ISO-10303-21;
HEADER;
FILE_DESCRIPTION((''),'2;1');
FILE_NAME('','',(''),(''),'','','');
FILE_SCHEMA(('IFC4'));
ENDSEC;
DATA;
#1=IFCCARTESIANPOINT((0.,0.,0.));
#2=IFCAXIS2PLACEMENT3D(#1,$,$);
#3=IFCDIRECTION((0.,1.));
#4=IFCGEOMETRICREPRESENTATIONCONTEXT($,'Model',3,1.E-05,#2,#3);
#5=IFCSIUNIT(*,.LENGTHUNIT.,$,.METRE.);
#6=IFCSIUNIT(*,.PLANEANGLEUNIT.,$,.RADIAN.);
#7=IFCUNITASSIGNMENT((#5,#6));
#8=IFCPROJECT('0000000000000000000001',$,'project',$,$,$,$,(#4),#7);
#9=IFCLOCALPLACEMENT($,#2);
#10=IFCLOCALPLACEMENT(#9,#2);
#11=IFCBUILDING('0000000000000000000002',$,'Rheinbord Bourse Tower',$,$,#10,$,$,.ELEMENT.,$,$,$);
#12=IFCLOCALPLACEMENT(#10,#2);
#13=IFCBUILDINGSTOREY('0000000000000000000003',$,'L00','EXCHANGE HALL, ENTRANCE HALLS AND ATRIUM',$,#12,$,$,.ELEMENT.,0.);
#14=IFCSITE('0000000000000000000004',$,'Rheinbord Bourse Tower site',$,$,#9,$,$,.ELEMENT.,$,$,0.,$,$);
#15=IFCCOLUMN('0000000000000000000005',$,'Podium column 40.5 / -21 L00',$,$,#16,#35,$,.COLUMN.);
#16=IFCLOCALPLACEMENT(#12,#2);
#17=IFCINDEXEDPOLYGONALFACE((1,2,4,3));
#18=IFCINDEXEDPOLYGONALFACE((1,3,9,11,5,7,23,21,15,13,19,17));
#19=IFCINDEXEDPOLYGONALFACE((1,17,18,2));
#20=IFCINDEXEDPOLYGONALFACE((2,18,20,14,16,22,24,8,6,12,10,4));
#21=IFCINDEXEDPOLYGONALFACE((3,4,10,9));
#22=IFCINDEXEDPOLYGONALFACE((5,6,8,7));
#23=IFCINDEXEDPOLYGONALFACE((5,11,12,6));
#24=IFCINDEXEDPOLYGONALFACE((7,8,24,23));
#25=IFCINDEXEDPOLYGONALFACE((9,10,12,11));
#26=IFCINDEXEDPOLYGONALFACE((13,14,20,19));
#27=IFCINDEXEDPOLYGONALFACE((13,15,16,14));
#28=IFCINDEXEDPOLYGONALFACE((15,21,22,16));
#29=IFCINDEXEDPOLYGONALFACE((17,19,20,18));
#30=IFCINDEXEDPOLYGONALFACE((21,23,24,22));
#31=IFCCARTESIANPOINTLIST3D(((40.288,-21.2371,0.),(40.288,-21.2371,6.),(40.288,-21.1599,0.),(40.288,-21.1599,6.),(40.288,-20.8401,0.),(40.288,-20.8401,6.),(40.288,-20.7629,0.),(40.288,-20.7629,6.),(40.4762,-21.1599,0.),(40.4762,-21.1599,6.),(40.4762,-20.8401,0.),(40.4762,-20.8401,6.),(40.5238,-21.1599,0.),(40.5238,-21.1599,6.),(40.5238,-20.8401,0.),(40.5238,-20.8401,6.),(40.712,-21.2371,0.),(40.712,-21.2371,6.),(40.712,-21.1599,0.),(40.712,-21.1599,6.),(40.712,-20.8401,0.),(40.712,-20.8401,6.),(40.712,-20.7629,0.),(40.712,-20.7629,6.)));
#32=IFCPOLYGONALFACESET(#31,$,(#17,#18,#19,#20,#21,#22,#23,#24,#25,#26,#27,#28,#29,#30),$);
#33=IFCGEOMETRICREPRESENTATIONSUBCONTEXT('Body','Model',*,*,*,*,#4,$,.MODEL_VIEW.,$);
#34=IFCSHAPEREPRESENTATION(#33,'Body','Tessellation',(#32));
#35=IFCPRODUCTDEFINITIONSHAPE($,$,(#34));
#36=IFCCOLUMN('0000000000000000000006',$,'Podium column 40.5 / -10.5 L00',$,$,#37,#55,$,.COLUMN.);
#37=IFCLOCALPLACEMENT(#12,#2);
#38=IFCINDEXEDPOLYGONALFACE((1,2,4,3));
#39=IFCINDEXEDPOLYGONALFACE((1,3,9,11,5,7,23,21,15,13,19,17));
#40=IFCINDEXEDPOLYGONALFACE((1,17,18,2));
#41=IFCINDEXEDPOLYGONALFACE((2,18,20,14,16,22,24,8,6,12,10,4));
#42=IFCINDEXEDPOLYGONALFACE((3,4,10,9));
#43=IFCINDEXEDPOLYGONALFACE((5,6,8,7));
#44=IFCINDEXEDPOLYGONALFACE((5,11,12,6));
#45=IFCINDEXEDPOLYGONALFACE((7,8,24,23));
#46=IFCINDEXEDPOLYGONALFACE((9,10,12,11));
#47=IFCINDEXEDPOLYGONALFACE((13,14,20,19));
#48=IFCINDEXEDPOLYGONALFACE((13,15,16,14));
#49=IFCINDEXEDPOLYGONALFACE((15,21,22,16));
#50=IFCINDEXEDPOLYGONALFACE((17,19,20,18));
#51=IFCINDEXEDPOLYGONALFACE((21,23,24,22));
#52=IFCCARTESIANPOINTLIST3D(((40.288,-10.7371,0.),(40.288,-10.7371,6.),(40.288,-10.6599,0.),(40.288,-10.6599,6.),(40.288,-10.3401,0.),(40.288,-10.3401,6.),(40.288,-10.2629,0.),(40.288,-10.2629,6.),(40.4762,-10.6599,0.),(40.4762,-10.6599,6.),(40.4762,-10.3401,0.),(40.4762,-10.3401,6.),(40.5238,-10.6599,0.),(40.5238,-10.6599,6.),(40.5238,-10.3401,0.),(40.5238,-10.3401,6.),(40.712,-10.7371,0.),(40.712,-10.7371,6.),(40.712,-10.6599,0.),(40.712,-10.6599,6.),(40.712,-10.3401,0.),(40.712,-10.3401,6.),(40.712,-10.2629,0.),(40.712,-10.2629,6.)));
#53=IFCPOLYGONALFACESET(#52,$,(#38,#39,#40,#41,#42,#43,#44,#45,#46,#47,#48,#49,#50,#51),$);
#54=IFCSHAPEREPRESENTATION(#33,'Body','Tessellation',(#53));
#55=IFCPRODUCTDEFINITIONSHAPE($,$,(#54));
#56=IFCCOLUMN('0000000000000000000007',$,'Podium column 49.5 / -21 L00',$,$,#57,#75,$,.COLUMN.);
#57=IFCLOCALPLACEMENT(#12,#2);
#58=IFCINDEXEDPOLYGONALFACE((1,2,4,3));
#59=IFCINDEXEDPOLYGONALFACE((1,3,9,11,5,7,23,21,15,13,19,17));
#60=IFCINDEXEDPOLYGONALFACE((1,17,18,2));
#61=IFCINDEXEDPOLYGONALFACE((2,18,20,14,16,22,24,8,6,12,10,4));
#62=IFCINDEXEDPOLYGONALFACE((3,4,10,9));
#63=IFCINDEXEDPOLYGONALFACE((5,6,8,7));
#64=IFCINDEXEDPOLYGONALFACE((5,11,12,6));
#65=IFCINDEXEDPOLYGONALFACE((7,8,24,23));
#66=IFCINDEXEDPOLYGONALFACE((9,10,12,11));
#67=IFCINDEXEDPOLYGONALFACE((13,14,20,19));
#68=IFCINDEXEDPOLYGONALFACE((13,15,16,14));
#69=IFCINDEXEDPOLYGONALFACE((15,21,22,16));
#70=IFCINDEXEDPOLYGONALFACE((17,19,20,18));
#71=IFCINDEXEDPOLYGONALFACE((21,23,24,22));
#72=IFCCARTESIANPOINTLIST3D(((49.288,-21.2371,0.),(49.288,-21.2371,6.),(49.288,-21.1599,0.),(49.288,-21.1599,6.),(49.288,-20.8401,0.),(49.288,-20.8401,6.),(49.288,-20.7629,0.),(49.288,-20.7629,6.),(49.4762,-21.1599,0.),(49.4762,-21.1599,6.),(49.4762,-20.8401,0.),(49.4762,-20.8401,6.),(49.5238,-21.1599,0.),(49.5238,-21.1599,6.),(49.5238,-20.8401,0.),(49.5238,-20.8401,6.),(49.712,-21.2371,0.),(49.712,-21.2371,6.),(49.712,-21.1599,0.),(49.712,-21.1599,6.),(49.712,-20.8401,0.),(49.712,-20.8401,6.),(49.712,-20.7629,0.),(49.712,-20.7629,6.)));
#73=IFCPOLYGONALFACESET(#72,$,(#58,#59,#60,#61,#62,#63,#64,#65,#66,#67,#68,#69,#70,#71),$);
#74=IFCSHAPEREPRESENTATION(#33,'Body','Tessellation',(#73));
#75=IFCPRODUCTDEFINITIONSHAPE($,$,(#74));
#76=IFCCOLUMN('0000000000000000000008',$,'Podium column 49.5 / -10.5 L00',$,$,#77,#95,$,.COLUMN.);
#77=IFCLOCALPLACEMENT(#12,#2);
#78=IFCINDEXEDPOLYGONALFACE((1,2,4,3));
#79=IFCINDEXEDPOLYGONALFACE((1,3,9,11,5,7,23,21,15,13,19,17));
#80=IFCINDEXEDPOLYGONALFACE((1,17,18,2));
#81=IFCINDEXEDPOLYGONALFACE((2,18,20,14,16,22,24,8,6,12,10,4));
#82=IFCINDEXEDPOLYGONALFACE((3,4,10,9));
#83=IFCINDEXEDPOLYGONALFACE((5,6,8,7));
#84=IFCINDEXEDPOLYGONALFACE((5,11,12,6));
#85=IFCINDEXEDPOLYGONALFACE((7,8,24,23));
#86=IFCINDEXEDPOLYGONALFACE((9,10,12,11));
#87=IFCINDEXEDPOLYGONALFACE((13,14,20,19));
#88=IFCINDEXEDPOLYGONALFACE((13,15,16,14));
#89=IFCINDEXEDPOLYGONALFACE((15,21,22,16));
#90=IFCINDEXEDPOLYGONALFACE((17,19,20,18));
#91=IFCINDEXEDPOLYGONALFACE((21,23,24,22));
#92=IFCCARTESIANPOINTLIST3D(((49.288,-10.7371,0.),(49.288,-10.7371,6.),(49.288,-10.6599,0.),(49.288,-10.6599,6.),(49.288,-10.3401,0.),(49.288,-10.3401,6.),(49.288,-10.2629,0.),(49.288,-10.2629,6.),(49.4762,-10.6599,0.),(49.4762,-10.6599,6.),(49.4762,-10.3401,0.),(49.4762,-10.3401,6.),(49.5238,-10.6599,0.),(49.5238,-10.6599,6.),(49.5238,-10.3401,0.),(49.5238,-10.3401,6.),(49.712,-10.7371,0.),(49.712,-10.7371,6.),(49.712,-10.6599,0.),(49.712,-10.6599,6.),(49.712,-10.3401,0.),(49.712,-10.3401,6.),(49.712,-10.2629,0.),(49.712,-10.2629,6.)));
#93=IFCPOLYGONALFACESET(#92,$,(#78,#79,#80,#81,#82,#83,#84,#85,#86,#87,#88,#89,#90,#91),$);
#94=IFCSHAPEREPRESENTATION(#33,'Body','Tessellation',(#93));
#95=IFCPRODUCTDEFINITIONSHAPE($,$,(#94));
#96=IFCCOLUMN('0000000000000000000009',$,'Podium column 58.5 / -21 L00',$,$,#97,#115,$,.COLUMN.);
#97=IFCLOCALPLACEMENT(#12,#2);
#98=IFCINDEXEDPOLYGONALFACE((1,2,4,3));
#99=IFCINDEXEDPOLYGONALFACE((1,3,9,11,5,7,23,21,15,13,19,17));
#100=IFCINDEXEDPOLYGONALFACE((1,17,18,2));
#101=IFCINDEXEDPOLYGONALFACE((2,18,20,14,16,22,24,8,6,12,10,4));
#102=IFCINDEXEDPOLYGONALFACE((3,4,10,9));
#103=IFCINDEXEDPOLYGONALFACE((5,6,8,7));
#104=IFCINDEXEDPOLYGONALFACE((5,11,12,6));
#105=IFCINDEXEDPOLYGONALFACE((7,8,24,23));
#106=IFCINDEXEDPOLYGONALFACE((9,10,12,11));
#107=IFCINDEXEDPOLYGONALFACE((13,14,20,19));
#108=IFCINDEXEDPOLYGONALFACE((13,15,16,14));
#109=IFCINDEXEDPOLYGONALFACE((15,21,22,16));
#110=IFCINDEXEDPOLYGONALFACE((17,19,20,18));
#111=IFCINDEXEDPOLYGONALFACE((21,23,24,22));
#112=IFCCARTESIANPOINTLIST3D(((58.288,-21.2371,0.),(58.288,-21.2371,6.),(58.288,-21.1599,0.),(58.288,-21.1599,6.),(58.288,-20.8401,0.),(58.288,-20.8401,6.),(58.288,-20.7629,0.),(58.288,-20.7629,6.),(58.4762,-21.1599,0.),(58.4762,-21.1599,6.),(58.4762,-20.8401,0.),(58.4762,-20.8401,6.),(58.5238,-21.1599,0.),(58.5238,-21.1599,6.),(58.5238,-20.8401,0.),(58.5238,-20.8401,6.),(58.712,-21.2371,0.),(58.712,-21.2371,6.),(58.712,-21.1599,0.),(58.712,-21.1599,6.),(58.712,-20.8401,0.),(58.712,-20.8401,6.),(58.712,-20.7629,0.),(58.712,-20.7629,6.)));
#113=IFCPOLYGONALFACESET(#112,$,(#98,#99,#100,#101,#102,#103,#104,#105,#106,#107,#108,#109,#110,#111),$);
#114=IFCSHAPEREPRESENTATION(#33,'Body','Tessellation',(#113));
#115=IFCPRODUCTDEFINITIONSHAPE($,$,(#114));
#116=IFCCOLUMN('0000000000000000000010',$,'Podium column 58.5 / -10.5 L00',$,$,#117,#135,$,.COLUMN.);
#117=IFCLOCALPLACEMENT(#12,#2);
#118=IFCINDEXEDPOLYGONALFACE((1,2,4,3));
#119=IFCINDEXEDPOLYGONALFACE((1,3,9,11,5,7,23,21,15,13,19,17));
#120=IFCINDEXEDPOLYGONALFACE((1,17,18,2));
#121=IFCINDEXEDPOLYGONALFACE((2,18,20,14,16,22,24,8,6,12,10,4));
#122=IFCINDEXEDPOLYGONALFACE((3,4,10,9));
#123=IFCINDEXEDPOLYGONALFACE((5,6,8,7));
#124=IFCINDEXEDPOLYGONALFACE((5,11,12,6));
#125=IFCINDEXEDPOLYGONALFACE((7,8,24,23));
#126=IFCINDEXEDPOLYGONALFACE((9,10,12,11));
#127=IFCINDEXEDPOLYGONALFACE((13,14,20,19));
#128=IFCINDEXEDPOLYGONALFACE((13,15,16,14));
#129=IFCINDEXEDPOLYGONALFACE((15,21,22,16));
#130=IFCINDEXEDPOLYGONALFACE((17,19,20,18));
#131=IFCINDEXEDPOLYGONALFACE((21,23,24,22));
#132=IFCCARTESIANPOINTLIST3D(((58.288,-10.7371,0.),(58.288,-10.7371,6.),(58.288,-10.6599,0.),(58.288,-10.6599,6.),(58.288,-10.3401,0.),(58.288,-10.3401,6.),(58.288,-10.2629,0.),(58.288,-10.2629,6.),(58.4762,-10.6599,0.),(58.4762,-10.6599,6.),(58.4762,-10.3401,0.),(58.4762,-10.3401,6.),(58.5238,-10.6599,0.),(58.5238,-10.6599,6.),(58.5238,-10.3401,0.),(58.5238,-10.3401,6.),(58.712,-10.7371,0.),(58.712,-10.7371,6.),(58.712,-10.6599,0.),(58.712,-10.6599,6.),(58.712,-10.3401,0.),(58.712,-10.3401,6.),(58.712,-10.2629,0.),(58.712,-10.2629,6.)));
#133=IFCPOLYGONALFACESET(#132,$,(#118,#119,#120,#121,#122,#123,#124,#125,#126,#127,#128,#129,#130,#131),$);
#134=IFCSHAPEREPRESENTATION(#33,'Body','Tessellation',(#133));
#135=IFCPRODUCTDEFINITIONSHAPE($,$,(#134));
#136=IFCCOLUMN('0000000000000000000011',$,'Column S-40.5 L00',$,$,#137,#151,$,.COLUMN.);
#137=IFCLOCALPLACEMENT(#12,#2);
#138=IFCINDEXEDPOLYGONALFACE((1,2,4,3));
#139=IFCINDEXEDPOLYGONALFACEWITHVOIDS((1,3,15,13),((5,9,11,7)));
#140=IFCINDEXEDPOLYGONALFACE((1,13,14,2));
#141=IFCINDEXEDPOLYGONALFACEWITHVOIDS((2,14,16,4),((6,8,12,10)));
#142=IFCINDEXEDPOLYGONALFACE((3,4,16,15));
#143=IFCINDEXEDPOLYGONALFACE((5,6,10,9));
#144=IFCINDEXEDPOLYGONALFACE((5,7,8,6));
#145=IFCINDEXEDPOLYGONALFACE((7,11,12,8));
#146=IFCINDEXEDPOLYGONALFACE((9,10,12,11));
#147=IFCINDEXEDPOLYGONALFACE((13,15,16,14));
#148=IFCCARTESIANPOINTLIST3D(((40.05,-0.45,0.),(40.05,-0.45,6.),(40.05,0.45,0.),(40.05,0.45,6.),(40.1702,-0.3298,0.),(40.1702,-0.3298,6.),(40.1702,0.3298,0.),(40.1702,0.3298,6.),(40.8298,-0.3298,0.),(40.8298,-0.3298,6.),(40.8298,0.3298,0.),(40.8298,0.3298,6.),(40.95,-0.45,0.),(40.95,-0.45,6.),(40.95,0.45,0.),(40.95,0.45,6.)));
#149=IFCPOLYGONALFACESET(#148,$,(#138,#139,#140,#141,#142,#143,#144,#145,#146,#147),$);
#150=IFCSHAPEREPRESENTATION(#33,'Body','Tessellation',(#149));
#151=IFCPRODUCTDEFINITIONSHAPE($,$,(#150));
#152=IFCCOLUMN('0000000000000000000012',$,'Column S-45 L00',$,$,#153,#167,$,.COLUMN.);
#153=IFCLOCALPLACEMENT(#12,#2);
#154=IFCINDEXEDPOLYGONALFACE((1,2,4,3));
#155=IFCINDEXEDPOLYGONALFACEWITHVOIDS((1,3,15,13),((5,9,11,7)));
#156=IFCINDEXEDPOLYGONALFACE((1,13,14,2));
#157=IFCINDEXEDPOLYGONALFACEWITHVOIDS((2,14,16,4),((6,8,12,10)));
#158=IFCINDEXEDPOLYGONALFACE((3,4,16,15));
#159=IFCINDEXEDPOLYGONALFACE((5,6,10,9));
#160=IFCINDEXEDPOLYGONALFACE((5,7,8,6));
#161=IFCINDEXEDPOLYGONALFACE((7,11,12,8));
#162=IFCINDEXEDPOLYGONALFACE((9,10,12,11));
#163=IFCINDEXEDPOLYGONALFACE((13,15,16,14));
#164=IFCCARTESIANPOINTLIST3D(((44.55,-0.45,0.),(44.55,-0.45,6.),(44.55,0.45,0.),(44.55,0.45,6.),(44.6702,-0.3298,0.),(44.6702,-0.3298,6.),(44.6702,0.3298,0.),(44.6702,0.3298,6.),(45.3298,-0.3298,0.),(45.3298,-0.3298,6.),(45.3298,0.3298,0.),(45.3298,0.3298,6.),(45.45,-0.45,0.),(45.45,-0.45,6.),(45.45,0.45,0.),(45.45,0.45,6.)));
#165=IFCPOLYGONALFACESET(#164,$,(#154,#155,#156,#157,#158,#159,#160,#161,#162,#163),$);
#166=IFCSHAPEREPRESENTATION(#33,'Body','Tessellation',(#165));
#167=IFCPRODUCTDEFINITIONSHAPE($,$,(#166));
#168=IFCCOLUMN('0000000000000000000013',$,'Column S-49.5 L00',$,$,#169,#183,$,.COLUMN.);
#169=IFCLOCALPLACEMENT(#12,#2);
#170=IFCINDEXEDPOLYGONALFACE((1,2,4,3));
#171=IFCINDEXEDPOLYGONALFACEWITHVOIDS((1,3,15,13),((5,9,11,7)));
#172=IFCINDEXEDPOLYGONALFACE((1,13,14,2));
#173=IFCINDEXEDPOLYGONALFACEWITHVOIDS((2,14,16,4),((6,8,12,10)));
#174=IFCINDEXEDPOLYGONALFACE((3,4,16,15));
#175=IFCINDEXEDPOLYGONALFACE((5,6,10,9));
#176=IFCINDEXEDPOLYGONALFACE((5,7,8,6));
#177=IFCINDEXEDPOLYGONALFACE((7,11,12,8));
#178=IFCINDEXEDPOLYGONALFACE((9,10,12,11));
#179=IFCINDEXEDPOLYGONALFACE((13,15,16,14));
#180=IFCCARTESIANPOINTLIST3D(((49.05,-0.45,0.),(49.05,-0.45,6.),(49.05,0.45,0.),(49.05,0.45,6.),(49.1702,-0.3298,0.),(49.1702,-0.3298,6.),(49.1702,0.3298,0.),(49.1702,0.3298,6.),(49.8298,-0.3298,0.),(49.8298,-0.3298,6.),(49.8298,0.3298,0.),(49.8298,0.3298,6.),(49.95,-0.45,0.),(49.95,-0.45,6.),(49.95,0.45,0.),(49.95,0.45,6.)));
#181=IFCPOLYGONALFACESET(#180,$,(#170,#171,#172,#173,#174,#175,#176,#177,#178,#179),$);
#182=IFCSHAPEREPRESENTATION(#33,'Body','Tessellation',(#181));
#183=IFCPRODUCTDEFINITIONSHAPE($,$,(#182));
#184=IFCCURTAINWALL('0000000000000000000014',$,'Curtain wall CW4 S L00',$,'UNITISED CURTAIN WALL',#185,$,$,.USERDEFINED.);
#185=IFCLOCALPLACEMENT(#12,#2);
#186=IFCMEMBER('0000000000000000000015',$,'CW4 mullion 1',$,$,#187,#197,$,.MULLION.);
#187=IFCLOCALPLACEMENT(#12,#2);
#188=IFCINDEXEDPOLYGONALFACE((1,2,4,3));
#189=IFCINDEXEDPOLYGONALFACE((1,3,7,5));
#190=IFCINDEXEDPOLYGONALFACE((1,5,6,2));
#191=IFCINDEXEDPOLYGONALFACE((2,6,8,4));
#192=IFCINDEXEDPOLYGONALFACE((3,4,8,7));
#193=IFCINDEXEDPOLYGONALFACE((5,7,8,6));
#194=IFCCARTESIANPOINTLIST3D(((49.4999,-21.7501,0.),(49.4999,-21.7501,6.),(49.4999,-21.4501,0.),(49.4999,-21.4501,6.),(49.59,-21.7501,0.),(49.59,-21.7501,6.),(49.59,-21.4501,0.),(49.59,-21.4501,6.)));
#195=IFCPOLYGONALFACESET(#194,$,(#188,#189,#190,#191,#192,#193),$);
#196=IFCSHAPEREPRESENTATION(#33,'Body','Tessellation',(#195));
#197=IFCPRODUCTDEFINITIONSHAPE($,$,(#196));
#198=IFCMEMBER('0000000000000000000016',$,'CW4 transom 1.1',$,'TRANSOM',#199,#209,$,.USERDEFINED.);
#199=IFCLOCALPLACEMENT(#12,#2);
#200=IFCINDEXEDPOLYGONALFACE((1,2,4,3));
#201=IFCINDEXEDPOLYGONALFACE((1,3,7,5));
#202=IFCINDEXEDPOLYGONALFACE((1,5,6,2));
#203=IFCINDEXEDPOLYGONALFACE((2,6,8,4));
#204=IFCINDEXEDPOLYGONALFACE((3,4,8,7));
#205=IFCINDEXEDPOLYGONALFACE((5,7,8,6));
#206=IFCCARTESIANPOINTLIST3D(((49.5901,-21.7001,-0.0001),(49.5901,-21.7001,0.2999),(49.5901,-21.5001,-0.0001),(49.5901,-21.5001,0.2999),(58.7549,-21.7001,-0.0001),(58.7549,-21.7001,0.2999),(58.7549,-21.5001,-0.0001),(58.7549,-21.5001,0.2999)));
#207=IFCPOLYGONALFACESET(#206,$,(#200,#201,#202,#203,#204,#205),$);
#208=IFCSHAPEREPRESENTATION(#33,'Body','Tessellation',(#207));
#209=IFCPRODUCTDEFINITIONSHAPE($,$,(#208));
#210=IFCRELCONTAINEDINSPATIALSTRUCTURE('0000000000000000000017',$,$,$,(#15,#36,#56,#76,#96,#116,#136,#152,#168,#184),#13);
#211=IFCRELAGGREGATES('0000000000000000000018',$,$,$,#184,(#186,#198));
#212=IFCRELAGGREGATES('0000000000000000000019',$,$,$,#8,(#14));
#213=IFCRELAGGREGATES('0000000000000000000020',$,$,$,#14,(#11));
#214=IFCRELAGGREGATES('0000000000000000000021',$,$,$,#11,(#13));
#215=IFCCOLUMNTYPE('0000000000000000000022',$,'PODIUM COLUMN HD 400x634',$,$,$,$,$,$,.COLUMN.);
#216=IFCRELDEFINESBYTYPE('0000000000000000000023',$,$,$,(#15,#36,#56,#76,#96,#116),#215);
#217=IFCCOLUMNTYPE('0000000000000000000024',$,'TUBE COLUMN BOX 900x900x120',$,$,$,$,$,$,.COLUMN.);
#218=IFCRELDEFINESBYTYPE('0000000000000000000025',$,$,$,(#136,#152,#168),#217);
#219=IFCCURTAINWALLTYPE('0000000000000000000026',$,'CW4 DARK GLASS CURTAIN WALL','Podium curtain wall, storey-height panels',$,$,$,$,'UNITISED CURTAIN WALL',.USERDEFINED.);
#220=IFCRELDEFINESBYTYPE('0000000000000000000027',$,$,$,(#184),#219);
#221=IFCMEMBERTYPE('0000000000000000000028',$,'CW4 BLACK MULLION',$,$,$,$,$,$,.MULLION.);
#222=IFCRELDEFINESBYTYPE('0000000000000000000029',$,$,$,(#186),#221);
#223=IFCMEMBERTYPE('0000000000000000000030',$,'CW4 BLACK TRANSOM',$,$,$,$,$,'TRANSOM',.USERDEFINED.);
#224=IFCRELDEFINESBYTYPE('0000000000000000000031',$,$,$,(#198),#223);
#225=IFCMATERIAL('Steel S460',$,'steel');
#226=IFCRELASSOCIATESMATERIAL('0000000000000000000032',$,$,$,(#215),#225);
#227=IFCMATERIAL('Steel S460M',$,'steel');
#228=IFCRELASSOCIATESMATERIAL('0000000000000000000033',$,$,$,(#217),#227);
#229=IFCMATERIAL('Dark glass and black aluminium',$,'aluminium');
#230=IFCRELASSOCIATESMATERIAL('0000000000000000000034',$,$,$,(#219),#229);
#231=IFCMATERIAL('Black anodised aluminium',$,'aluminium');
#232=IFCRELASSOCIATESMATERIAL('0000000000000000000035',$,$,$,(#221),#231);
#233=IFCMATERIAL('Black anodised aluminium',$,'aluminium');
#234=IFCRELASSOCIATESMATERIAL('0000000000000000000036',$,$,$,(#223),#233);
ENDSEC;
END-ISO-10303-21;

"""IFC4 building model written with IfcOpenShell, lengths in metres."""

from ifc_helpers import new_model, si_unit, direction, frame, origin, origin_2d, place, context, subcontext, project, spatial, rectangle, hollow_rectangle, i_section, extrude, material, material_profile, profile_set, type_object, element, aggregate, save


model = new_model("IFC4")

# Units and contexts
model_context = context("Model", 3, precision=1e-05, world=origin(), true_north=direction((0.0, 1.0)))
body_context = subcontext(model_context, "Body", "Model", "MODEL_VIEW")
ifc_project = project(units=[si_unit("LENGTHUNIT", "METRE"), si_unit("PLANEANGLEUNIT", "RADIAN")], contexts=[model_context])

# Site, building, storey
site_placement = place(None, origin())
site = spatial("IfcSite", under=ifc_project, at=site_placement, Name="Rheinbord Bourse Tower site", CompositionType="ELEMENT", RefElevation=0.0)
building_placement = place(site_placement, origin())
building = spatial("IfcBuilding", under=site, at=building_placement, Name="Rheinbord Bourse Tower", CompositionType="ELEMENT")
storey_placement = place(building_placement, origin())
storey = spatial("IfcBuildingStorey", under=building, at=storey_placement, Name="L00", Description="EXCHANGE HALL, ENTRANCE HALLS AND ATRIUM", CompositionType="ELEMENT", Elevation=0.0)

# Columns
ifc_material_1 = material(Name="Steel S460", Category="steel")
ifc_material_profile_1 = material_profile(ifc_material_1, i_section(OverallWidth=0.4241, OverallDepth=0.4741, WebThickness=0.0476, FlangeThickness=0.0771, at=origin_2d()), Name="HD 400x634")
ifc_profile_set_1 = profile_set([ifc_material_profile_1], Name="Steel S460")
column_type_1 = type_object("IfcColumnType", Name="PODIUM COLUMN HD 400x634", PredefinedType="COLUMN", material=ifc_profile_set_1)
for number, where, z_axis, x_axis, name in (
    (1, (40.5, -21.0, 0.0), (0.0, 0.0, 1.0), (1.0, 0.0, 0.0), "Podium column 40.5 / -21 L00"),
    (2, (40.5, -10.5, 0.0), (0.0, 0.0, 1.0), (1.0, 0.0, 0.0), "Podium column 40.5 / -10.5 L00"),
    (3, (49.5, -21.0, 0.0), (0.0, 0.0, 1.0), (1.0, 0.0, 0.0), "Podium column 49.5 / -21 L00"),
    (4, (49.5, -10.5, 0.0), (0.0, 0.0, 1.0), (1.0, 0.0, 0.0), "Podium column 49.5 / -10.5 L00"),
    (5, (58.5, -21.0, 0.0), (0.0, 0.0, 1.0), (1.0, 0.0, 0.0), "Podium column 58.5 / -21 L00"),
    (6, (58.5, -10.5, 0.0), (0.0, 0.0, 1.0), (1.0, 0.0, 0.0), "Podium column 58.5 / -10.5 L00"),
):
    element("IfcColumn", number, at=place(storey_placement, frame(where, z_axis=z_axis, x_axis=x_axis)), inside=storey, type_object=column_type_1, Name=name, PredefinedType="COLUMN", context=body_context, shape_type="SweptSolid", body=[
        extrude(i_section(OverallWidth=0.4241, OverallDepth=0.4741, WebThickness=0.0476, FlangeThickness=0.0771, at=origin_2d()), origin(), (0.0, 0.0, 1.0), 6.0),
    ])
ifc_material_2 = material(Name="Steel S460M", Category="steel")
ifc_material_profile_2 = material_profile(ifc_material_2, hollow_rectangle(XDim=0.8999, YDim=0.8999, WallThickness=0.1201, at=origin_2d()), Name="BOX 900x900x120")
ifc_profile_set_2 = profile_set([ifc_material_profile_2], Name="Steel S460M")
column_type_2 = type_object("IfcColumnType", Name="TUBE COLUMN BOX 900x900x120", PredefinedType="COLUMN", material=ifc_profile_set_2)
for number, where, z_axis, x_axis, name in (
    (7, (40.5, 0.0, 0.0), (0.0, 0.0, 1.0), (0.0, 1.0, 0.0), "Column S-40.5 L00"),
    (8, (45.0, 0.0, 0.0), (0.0, 0.0, 1.0), (0.0, 1.0, 0.0), "Column S-45 L00"),
    (9, (49.5, 0.0, 0.0), (0.0, 0.0, 1.0), (0.0, 1.0, 0.0), "Column S-49.5 L00"),
):
    element("IfcColumn", number, at=place(storey_placement, frame(where, z_axis=z_axis, x_axis=x_axis)), inside=storey, type_object=column_type_2, Name=name, PredefinedType="COLUMN", context=body_context, shape_type="SweptSolid", body=[
        extrude(hollow_rectangle(XDim=0.8999, YDim=0.8999, WallThickness=0.1201, at=origin_2d()), origin(), (0.0, 0.0, 1.0), 6.0),
    ])

# Curtain wall, members
ifc_material_3 = material(Name="Dark glass and black aluminium", Category="aluminium")
curtain_wall_type = type_object("IfcCurtainWallType", Name="CW4 DARK GLASS CURTAIN WALL", Description="Podium curtain wall, storey-height panels", ElementType="UNITISED CURTAIN WALL", PredefinedType="USERDEFINED", material=ifc_material_3)
curtain_wall_placement = place(storey_placement, origin())
curtain_wall = element("IfcCurtainWall", 10, at=curtain_wall_placement, inside=storey, type_object=curtain_wall_type, Name="Curtain wall CW4 S L00", ObjectType="UNITISED CURTAIN WALL", PredefinedType="USERDEFINED")
ifc_material_4 = material(Name="Black anodised aluminium", Category="aluminium")
ifc_material_profile_3 = material_profile(ifc_material_4, rectangle(XDim=0.3, YDim=0.0901, at=origin_2d()), Name="CW4 MULLION 90x300")
ifc_profile_set_3 = profile_set([ifc_material_profile_3], Name="Black anodised aluminium")
member_type_1 = type_object("IfcMemberType", Name="CW4 BLACK MULLION", PredefinedType="MULLION", material=ifc_profile_set_3)
member_1_placement = place(storey_placement, frame((49.5449, -21.6001, 0.0), z_axis=(0.0, 0.0, 1.0), x_axis=(0.0, 1.0, 0.0)))
member_1 = element("IfcMember", 11, at=member_1_placement, type_object=member_type_1, Name="CW4 mullion 1", PredefinedType="MULLION", context=body_context, shape_type="SweptSolid", body=[
    extrude(rectangle(XDim=0.3, YDim=0.0901, at=origin_2d()), origin(), (0.0, 0.0, 1.0), 6.0),
])
ifc_material_5 = material(Name="Black anodised aluminium", Category="aluminium")
ifc_material_profile_4 = material_profile(ifc_material_5, rectangle(XDim=0.2, YDim=0.3, at=origin_2d()), Name="CW4 TRANSOM 300x200")
ifc_profile_set_4 = profile_set([ifc_material_profile_4], Name="Black anodised aluminium")
member_type_2 = type_object("IfcMemberType", Name="CW4 BLACK TRANSOM", ElementType="TRANSOM", PredefinedType="USERDEFINED", material=ifc_profile_set_4)
member_2_placement = place(storey_placement, frame((49.5901, -21.6001, 0.1499), z_axis=(1.0, 0.0, 0.0), x_axis=(0.0, 1.0, 0.0)))
member_2 = element("IfcMember", 12, at=member_2_placement, type_object=member_type_2, Name="CW4 transom 1.1", ObjectType="TRANSOM", PredefinedType="USERDEFINED", context=body_context, shape_type="SweptSolid", body=[
    extrude(rectangle(XDim=0.2, YDim=0.3, at=origin_2d()), origin(), (0.0, 0.0, 1.0), 9.1648),
])

aggregate(curtain_wall, [member_1, member_2])

save(model, "model.ifc")
